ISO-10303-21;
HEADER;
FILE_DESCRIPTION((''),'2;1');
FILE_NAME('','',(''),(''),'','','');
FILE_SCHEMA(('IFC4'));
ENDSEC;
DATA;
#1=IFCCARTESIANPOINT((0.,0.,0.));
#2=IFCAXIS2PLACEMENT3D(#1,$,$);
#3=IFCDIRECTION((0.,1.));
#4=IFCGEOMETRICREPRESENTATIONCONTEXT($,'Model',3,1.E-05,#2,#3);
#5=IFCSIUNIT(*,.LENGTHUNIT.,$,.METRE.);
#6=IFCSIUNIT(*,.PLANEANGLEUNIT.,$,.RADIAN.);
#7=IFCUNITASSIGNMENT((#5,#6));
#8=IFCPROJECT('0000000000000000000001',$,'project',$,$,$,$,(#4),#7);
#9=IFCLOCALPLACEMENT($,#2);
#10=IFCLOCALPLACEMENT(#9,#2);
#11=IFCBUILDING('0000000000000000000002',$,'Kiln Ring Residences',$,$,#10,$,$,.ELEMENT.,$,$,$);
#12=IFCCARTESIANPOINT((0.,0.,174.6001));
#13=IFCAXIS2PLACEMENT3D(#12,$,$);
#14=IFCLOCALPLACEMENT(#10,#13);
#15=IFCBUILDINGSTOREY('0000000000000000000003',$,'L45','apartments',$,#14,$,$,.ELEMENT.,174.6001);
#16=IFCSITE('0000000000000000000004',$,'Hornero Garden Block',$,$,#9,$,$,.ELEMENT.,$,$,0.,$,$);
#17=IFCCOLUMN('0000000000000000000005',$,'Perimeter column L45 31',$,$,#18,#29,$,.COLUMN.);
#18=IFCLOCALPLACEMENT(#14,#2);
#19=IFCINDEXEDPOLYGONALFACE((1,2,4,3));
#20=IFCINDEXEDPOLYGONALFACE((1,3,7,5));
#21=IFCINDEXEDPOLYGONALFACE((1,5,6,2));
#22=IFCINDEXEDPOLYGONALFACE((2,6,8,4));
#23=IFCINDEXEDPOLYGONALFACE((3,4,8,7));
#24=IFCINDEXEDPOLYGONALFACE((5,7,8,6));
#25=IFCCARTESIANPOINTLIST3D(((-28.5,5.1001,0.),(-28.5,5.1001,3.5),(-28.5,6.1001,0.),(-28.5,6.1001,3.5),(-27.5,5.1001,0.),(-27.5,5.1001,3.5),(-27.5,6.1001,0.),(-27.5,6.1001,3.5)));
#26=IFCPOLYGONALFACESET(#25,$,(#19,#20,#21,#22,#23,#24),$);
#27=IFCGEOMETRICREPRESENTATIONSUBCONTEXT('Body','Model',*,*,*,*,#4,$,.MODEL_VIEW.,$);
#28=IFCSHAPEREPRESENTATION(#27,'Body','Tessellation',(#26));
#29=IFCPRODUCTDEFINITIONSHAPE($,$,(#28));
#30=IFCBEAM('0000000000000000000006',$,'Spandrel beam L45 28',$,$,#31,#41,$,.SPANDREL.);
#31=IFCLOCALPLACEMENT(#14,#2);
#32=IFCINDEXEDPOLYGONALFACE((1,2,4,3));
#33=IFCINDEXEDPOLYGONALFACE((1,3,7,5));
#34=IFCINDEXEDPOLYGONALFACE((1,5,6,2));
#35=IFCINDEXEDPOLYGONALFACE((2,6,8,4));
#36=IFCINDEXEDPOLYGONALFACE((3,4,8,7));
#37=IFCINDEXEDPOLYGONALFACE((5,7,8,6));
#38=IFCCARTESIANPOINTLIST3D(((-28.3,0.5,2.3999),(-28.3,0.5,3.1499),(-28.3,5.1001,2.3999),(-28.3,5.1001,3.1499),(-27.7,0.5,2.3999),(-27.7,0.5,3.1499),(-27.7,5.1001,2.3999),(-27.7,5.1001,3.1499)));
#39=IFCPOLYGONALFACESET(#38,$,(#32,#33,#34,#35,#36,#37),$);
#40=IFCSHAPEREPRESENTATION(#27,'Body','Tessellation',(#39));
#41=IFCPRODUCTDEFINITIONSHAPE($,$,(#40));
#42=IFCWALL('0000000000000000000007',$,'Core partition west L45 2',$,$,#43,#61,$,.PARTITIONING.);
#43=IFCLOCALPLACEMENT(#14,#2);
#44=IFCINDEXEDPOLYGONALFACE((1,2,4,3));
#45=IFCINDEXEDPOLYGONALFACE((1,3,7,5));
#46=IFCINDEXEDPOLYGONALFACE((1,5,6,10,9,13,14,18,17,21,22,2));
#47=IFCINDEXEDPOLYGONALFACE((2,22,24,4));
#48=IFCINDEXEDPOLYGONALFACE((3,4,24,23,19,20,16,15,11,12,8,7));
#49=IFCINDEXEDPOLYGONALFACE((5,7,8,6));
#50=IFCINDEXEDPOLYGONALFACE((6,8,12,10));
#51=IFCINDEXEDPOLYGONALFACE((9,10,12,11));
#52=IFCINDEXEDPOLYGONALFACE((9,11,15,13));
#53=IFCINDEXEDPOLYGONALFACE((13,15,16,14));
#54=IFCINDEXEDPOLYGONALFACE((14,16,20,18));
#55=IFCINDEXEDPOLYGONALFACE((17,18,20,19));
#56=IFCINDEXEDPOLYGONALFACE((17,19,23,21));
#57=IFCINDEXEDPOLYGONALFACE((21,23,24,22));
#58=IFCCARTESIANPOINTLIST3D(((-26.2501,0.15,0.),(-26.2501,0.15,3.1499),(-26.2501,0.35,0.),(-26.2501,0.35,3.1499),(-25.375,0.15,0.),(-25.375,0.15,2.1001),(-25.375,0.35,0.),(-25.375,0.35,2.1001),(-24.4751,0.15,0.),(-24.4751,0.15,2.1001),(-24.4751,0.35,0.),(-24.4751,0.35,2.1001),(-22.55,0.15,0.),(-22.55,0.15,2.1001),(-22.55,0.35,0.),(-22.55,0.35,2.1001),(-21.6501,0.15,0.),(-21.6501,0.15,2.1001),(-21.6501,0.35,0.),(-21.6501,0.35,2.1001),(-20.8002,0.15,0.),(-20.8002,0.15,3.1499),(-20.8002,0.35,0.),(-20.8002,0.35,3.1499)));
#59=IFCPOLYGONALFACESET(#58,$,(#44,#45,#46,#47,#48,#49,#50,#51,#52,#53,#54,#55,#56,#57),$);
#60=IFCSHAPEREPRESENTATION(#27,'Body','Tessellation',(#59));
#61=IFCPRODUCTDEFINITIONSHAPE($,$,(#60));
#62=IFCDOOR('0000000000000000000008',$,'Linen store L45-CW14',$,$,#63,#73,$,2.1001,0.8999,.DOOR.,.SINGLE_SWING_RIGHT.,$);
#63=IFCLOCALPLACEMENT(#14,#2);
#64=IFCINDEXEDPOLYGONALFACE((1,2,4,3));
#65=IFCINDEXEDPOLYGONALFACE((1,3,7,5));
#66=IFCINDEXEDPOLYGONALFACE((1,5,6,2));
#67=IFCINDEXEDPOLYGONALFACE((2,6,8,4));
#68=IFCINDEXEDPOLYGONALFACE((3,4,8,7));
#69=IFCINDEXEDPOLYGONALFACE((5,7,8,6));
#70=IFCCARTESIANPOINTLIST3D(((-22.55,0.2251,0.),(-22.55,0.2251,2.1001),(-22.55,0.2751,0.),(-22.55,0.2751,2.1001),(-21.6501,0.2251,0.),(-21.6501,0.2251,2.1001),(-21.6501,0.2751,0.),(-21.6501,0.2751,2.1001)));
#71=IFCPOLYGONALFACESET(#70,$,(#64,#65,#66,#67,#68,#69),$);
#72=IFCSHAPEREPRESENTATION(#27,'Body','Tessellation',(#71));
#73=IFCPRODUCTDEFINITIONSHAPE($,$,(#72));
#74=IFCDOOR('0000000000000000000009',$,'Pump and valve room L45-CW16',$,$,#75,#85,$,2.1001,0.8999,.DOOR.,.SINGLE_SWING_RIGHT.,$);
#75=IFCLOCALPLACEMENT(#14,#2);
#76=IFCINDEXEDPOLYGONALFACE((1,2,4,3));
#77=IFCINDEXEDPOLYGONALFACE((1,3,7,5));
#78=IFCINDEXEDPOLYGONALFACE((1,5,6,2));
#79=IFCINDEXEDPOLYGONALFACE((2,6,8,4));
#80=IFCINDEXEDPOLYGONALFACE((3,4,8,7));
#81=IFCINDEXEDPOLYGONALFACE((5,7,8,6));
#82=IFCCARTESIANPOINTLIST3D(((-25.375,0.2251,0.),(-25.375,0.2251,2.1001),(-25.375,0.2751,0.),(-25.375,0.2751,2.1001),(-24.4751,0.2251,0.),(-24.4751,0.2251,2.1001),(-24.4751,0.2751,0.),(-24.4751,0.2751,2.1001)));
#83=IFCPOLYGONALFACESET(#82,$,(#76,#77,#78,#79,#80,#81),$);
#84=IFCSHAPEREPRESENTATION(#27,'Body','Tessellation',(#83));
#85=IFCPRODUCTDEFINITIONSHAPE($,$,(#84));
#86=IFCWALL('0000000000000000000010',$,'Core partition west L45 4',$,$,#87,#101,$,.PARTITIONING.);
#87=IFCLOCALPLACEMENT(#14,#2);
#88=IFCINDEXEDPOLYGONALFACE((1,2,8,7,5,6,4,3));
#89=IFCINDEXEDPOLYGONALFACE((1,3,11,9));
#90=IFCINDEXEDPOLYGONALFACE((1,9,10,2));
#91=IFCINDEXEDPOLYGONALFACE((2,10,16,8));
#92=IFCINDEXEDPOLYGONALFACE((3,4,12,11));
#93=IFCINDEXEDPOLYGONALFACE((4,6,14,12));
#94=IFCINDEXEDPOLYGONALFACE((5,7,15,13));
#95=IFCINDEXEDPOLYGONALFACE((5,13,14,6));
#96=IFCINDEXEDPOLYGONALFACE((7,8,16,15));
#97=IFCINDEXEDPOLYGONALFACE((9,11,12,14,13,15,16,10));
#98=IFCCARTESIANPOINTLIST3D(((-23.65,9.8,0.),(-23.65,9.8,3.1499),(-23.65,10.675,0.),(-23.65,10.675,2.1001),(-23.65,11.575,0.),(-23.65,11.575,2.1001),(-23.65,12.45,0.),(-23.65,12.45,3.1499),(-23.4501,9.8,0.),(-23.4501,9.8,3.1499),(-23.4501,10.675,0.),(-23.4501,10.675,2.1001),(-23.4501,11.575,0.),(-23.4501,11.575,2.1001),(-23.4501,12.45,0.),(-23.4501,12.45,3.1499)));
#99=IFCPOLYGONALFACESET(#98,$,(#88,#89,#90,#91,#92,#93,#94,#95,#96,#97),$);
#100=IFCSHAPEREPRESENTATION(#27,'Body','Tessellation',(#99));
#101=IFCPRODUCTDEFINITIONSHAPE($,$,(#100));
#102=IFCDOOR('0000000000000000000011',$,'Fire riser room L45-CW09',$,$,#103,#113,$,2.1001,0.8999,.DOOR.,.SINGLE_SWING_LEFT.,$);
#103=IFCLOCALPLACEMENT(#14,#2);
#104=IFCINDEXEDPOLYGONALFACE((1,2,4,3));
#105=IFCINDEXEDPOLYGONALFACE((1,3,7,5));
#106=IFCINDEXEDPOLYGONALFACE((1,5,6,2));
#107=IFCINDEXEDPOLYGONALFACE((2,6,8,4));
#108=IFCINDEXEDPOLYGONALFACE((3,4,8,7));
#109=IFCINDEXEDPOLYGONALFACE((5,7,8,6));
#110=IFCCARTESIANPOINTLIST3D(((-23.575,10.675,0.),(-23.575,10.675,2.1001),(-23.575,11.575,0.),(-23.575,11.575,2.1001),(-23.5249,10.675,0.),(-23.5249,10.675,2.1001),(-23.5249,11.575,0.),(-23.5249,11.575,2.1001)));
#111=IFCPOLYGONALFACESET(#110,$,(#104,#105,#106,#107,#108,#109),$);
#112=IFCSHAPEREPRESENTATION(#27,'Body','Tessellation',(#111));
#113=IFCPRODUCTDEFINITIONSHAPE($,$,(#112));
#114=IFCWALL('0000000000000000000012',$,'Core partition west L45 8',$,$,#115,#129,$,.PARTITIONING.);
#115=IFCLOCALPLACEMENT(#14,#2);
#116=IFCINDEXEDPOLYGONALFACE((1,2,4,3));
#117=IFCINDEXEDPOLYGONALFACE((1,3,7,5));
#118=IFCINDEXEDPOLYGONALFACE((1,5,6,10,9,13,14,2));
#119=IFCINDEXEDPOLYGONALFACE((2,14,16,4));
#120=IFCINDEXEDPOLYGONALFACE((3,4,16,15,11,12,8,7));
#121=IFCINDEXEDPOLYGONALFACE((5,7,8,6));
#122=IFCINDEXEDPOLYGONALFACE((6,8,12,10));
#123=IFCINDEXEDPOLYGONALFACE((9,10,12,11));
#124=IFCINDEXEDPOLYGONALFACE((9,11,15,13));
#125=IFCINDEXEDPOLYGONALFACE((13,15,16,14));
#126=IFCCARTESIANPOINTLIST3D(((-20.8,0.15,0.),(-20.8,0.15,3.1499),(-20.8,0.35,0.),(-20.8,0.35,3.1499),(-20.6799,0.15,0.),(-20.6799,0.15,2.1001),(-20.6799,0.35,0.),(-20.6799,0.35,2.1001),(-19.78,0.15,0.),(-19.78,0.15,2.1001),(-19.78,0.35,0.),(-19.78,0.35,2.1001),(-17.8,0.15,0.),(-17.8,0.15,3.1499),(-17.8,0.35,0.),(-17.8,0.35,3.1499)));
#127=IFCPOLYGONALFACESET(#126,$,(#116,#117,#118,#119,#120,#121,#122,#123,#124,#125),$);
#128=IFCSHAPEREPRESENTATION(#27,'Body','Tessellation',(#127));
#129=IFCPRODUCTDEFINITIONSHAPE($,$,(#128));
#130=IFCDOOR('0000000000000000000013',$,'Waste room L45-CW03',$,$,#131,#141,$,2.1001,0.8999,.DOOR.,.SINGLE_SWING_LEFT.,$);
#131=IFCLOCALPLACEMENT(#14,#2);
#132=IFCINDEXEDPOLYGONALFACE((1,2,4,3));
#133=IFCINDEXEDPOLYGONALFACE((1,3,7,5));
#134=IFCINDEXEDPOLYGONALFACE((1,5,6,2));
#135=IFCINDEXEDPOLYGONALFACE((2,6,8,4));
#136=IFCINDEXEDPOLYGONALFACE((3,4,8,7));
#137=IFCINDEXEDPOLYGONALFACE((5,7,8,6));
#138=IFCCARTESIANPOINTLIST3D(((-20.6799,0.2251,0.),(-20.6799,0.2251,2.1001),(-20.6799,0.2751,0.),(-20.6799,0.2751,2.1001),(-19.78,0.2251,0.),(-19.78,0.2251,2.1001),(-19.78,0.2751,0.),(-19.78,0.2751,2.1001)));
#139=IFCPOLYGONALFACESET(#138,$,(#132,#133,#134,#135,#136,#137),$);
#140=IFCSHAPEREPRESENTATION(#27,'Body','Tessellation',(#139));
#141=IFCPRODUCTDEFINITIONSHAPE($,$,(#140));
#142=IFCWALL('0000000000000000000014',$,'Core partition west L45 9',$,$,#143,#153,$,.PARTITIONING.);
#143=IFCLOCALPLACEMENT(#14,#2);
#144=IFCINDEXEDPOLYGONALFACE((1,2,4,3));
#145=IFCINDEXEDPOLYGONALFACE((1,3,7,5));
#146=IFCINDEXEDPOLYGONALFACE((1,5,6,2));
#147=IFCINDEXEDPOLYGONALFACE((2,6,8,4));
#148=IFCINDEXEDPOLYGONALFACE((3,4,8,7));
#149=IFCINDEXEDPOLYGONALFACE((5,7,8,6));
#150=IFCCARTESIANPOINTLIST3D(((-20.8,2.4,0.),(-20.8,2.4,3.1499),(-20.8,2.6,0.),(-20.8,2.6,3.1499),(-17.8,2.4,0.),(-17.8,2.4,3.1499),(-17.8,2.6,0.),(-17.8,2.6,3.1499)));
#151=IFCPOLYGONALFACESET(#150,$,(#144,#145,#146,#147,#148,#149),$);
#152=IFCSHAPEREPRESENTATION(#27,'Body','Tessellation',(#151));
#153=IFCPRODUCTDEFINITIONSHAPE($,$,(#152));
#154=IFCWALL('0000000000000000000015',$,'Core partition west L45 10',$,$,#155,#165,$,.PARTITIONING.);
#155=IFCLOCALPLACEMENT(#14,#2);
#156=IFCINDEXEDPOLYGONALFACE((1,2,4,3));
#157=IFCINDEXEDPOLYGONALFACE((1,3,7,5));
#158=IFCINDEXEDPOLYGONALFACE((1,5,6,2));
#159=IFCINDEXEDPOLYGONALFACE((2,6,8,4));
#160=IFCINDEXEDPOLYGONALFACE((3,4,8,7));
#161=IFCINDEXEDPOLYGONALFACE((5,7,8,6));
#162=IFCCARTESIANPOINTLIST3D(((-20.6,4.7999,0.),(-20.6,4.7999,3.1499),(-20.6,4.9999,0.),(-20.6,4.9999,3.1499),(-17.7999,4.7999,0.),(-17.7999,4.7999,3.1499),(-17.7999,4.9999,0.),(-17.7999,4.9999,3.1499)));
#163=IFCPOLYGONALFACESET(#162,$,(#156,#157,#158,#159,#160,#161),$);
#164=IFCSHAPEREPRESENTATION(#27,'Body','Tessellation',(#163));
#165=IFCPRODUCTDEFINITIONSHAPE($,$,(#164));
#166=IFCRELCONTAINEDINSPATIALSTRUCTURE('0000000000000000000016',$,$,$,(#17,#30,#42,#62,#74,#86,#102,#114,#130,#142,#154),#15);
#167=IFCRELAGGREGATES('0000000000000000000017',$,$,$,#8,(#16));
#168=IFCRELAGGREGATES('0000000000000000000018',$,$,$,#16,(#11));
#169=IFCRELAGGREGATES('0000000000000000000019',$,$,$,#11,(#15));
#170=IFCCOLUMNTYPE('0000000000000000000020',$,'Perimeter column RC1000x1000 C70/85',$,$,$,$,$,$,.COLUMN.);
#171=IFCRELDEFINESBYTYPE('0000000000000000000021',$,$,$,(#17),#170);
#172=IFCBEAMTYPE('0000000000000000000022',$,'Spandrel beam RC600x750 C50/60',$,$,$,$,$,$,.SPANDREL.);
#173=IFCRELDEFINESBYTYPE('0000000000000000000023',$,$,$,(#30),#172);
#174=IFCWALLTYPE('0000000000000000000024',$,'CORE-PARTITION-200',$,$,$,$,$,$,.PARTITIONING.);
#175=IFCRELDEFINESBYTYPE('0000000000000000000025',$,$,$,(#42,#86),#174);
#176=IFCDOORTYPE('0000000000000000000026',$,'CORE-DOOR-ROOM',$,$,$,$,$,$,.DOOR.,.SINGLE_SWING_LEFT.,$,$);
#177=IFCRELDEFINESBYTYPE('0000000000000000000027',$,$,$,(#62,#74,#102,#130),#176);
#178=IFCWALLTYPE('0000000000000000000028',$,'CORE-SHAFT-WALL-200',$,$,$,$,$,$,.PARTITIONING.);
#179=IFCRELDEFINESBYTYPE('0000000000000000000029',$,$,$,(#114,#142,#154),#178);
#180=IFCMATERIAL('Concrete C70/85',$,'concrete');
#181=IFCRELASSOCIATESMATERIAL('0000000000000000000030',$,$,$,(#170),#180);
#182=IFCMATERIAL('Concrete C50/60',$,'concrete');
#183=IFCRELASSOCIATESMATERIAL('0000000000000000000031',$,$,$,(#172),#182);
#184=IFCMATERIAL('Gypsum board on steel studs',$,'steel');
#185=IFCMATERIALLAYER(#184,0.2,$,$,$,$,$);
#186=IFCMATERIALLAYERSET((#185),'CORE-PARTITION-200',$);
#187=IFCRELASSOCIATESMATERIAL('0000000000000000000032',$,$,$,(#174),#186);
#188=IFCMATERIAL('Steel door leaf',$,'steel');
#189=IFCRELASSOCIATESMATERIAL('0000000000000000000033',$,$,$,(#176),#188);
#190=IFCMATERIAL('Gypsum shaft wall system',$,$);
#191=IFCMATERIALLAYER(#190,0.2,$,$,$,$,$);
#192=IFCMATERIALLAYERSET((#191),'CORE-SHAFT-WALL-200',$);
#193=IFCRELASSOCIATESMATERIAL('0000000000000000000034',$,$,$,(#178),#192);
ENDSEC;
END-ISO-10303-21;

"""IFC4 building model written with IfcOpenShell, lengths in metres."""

from ifc_helpers import new_model, si_unit, direction, frame, frame_2d, origin, origin_2d, place, context, subcontext, project, spatial, rectangle, extrude, material, layer, layer_set, material_profile, profile_set, type_object, element, fill, save


model = new_model("IFC4")

# Units and contexts
model_context = context("Model", 3, precision=1e-05, world=origin(), true_north=direction((0.0, 1.0)))
body_context = subcontext(model_context, "Body", "Model", "MODEL_VIEW")
ifc_project = project(units=[si_unit("LENGTHUNIT", "METRE"), si_unit("PLANEANGLEUNIT", "RADIAN")], contexts=[model_context])

# Site, building, storey
site_placement = place(None, origin())
site = spatial("IfcSite", under=ifc_project, at=site_placement, Name="Hornero Garden Block", CompositionType="ELEMENT", RefElevation=0.0)
building_placement = place(site_placement, origin())
building = spatial("IfcBuilding", under=site, at=building_placement, Name="Kiln Ring Residences", CompositionType="ELEMENT")
storey_placement = place(building_placement, frame((0.0, 0.0, 174.6001)))
storey = spatial("IfcBuildingStorey", under=building, at=storey_placement, Name="L45", Description="apartments", CompositionType="ELEMENT", Elevation=174.6001)

# Column
ifc_material_1 = material(Name="Concrete C70/85", Category="concrete")
ifc_material_profile_1 = material_profile(ifc_material_1, rectangle(XDim=1.0, YDim=1.0, at=origin_2d()), Name="RC1000x1000")
ifc_profile_set_1 = profile_set([ifc_material_profile_1], Name="Concrete C70/85")
column_type = type_object("IfcColumnType", Name="Perimeter column RC1000x1000 C70/85", PredefinedType="COLUMN", material=ifc_profile_set_1)
column_placement = place(storey_placement, frame((-28.0, 5.6001, 0.0), z_axis=(0.0, 0.0, 1.0), x_axis=(1.0, 0.0, 0.0)))
element("IfcColumn", 1, at=column_placement, inside=storey, type_object=column_type, Name="Perimeter column L45 31", PredefinedType="COLUMN", context=body_context, shape_type="SweptSolid", body=[
    extrude(rectangle(XDim=1.0, YDim=1.0, at=origin_2d()), origin(), (0.0, 0.0, 1.0), 3.5),
])

# Beam
ifc_material_2 = material(Name="Concrete C50/60", Category="concrete")
ifc_material_profile_2 = material_profile(ifc_material_2, rectangle(XDim=0.6001, YDim=0.75, at=origin_2d()), Name="RC600x750")
ifc_profile_set_2 = profile_set([ifc_material_profile_2], Name="Concrete C50/60")
beam_type = type_object("IfcBeamType", Name="Spandrel beam RC600x750 C50/60", PredefinedType="SPANDREL", material=ifc_profile_set_2)
beam_placement = place(storey_placement, frame((-28.0, 5.1001, 2.7749), z_axis=(0.0, -1.0, 0.0), x_axis=(1.0, 0.0, 0.0)))
element("IfcBeam", 2, at=beam_placement, inside=storey, type_object=beam_type, Name="Spandrel beam L45 28", PredefinedType="SPANDREL", context=body_context, shape_type="SweptSolid", body=[
    extrude(rectangle(XDim=0.6001, YDim=0.75, at=origin_2d()), origin(), (0.0, 0.0, 1.0), 4.6001),
])

# Wall, openings, doors
ifc_material_3 = material(Name="Gypsum board on steel studs", Category="steel")
ifc_layer_1 = layer(ifc_material_3, 0.2)
ifc_layer_set_1 = layer_set([ifc_layer_1], Name="CORE-PARTITION-200")
wall_type_1 = type_object("IfcWallType", Name="CORE-PARTITION-200", PredefinedType="PARTITIONING", material=ifc_layer_set_1)
wall_1_placement = place(storey_placement, frame((-20.8, 0.25, 0.0), z_axis=(0.0, 0.0, 1.0), x_axis=(-1.0, 0.0, 0.0)))
wall_1 = element("IfcWall", 3, at=wall_1_placement, inside=storey, type_object=wall_type_1, Name="Core partition west L45 2", PredefinedType="PARTITIONING", context=body_context, shape_type="SweptSolid", body=[
    extrude(rectangle(XDim=5.45, YDim=0.2, at=frame_2d((2.7251, 0.0))), origin(), (0.0, 0.0, 1.0), 3.1499),
])
opening_1_placement = place(wall_1_placement, frame((0.8501, 0.0, 0.0)))
opening_1 = element("IfcOpeningElement", 4, at=opening_1_placement, cuts=wall_1, PredefinedType="OPENING", context=body_context, shape_type="SweptSolid", body=[
    extrude(rectangle(XDim=0.8999, YDim=2.1001, at=frame_2d((0.45, 1.05))), frame((0.0, 0.1099, 0.0), z_axis=(0.0, -1.0, 0.0), x_axis=(1.0, 0.0, 0.0)), (0.0, 0.0, 1.0), 0.22),
])
opening_2_placement = place(wall_1_placement, frame((3.675, 0.0, 0.0)))
opening_2 = element("IfcOpeningElement", 5, at=opening_2_placement, cuts=wall_1, PredefinedType="OPENING", context=body_context, shape_type="SweptSolid", body=[
    extrude(rectangle(XDim=0.8999, YDim=2.1001, at=frame_2d((0.45, 1.05))), frame((0.0, 0.1099, 0.0), z_axis=(0.0, -1.0, 0.0), x_axis=(1.0, 0.0, 0.0)), (0.0, 0.0, 1.0), 0.22),
])
ifc_material_4 = material(Name="Steel door leaf", Category="steel")
door_type_1 = type_object("IfcDoorType", Name="CORE-DOOR-ROOM", OperationType="SINGLE_SWING_LEFT", PredefinedType="DOOR", material=ifc_material_4)
door_1_placement = place(opening_1_placement, origin())
door_1 = element("IfcDoor", 6, at=door_1_placement, inside=storey, type_object=door_type_1, Name="Linen store L45-CW14", OperationType="SINGLE_SWING_RIGHT", OverallHeight=2.1001, OverallWidth=0.8999, PredefinedType="DOOR", context=body_context, shape_type="SweptSolid", body=[
    extrude(rectangle(XDim=0.8999, YDim=2.1001, at=frame_2d((0.45, 1.05))), frame((0.0, 0.0249, 0.0), z_axis=(0.0, -1.0, 0.0), x_axis=(1.0, 0.0, 0.0)), (0.0, 0.0, 1.0), 0.05),
])
fill(opening_1, door_1)
door_2_placement = place(opening_2_placement, origin())
door_2 = element("IfcDoor", 7, at=door_2_placement, inside=storey, type_object=door_type_1, Name="Pump and valve room L45-CW16", OperationType="SINGLE_SWING_RIGHT", OverallHeight=2.1001, OverallWidth=0.8999, PredefinedType="DOOR", context=body_context, shape_type="SweptSolid", body=[
    extrude(rectangle(XDim=0.8999, YDim=2.1001, at=frame_2d((0.45, 1.05))), frame((0.0, 0.0249, 0.0), z_axis=(0.0, -1.0, 0.0), x_axis=(1.0, 0.0, 0.0)), (0.0, 0.0, 1.0), 0.05),
])
fill(opening_2, door_2)

# Walls, openings, doors
wall_2_placement = place(storey_placement, frame((-23.55, 9.8, 0.0), z_axis=(0.0, 0.0, 1.0), x_axis=(0.0, 1.0, 0.0)))
wall_2 = element("IfcWall", 8, at=wall_2_placement, inside=storey, type_object=wall_type_1, Name="Core partition west L45 4", PredefinedType="PARTITIONING", context=body_context, shape_type="SweptSolid", body=[
    extrude(rectangle(XDim=2.6499, YDim=0.2, at=frame_2d((1.325, 0.0))), origin(), (0.0, 0.0, 1.0), 3.1499),
])
opening_3_placement = place(wall_2_placement, frame((0.875, 0.0, 0.0)))
opening_3 = element("IfcOpeningElement", 9, at=opening_3_placement, cuts=wall_2, PredefinedType="OPENING", context=body_context, shape_type="SweptSolid", body=[
    extrude(rectangle(XDim=0.8999, YDim=2.1001, at=frame_2d((0.45, 1.05))), frame((0.0, 0.1099, 0.0), z_axis=(0.0, -1.0, 0.0), x_axis=(1.0, 0.0, 0.0)), (0.0, 0.0, 1.0), 0.22),
])
door_3_placement = place(opening_3_placement, origin())
door_3 = element("IfcDoor", 10, at=door_3_placement, inside=storey, type_object=door_type_1, Name="Fire riser room L45-CW09", OperationType="SINGLE_SWING_LEFT", OverallHeight=2.1001, OverallWidth=0.8999, PredefinedType="DOOR", context=body_context, shape_type="SweptSolid", body=[
    extrude(rectangle(XDim=0.8999, YDim=2.1001, at=frame_2d((0.45, 1.05))), frame((0.0, 0.0249, 0.0), z_axis=(0.0, -1.0, 0.0), x_axis=(1.0, 0.0, 0.0)), (0.0, 0.0, 1.0), 0.05),
])
fill(opening_3, door_3)
ifc_material_5 = material(Name="Gypsum shaft wall system")
ifc_layer_2 = layer(ifc_material_5, 0.2)
ifc_layer_set_2 = layer_set([ifc_layer_2], Name="CORE-SHAFT-WALL-200")
wall_type_2 = type_object("IfcWallType", Name="CORE-SHAFT-WALL-200", PredefinedType="PARTITIONING", material=ifc_layer_set_2)
wall_3_placement = place(storey_placement, frame((-17.8, 0.25, 0.0), z_axis=(0.0, 0.0, 1.0), x_axis=(-1.0, 0.0, 0.0)))
wall_3 = element("IfcWall", 11, at=wall_3_placement, inside=storey, type_object=wall_type_2, Name="Core partition west L45 8", PredefinedType="PARTITIONING", context=body_context, shape_type="SweptSolid", body=[
    extrude(rectangle(XDim=3.0, YDim=0.2, at=frame_2d((1.5, 0.0))), origin(), (0.0, 0.0, 1.0), 3.1499),
])
opening_4_placement = place(wall_3_placement, frame((1.98, 0.0, 0.0)))
opening_4 = element("IfcOpeningElement", 12, at=opening_4_placement, cuts=wall_3, PredefinedType="OPENING", context=body_context, shape_type="SweptSolid", body=[
    extrude(rectangle(XDim=0.8999, YDim=2.1001, at=frame_2d((0.45, 1.05))), frame((0.0, 0.1099, 0.0), z_axis=(0.0, -1.0, 0.0), x_axis=(1.0, 0.0, 0.0)), (0.0, 0.0, 1.0), 0.22),
])
door_4_placement = place(opening_4_placement, origin())
door_4 = element("IfcDoor", 13, at=door_4_placement, inside=storey, type_object=door_type_1, Name="Waste room L45-CW03", OperationType="SINGLE_SWING_LEFT", OverallHeight=2.1001, OverallWidth=0.8999, PredefinedType="DOOR", context=body_context, shape_type="SweptSolid", body=[
    extrude(rectangle(XDim=0.8999, YDim=2.1001, at=frame_2d((0.45, 1.05))), frame((0.0, 0.0249, 0.0), z_axis=(0.0, -1.0, 0.0), x_axis=(1.0, 0.0, 0.0)), (0.0, 0.0, 1.0), 0.05),
])
fill(opening_4, door_4)

# Walls
wall_4_placement = place(storey_placement, frame((-17.8, 2.5, 0.0), z_axis=(0.0, 0.0, 1.0), x_axis=(-1.0, 0.0, 0.0)))
element("IfcWall", 14, at=wall_4_placement, inside=storey, type_object=wall_type_2, Name="Core partition west L45 9", PredefinedType="PARTITIONING", context=body_context, shape_type="SweptSolid", body=[
    extrude(rectangle(XDim=3.0, YDim=0.2, at=frame_2d((1.5, 0.0))), origin(), (0.0, 0.0, 1.0), 3.1499),
])
for number, where, z_axis, x_axis, name in (
    (15, (-17.8, 4.8999, 0.0), (0.0, 0.0, 1.0), (-1.0, 0.0, 0.0), "Core partition west L45 10"),
):
    element("IfcWall", number, at=place(storey_placement, frame(where, z_axis=z_axis, x_axis=x_axis)), inside=storey, type_object=wall_type_2, Name=name, PredefinedType="PARTITIONING", context=body_context, shape_type="SweptSolid", body=[
        extrude(rectangle(XDim=2.8, YDim=0.2, at=frame_2d((1.3999, 0.0))), origin(), (0.0, 0.0, 1.0), 3.1499),
    ])

save(model, "model.ifc")
